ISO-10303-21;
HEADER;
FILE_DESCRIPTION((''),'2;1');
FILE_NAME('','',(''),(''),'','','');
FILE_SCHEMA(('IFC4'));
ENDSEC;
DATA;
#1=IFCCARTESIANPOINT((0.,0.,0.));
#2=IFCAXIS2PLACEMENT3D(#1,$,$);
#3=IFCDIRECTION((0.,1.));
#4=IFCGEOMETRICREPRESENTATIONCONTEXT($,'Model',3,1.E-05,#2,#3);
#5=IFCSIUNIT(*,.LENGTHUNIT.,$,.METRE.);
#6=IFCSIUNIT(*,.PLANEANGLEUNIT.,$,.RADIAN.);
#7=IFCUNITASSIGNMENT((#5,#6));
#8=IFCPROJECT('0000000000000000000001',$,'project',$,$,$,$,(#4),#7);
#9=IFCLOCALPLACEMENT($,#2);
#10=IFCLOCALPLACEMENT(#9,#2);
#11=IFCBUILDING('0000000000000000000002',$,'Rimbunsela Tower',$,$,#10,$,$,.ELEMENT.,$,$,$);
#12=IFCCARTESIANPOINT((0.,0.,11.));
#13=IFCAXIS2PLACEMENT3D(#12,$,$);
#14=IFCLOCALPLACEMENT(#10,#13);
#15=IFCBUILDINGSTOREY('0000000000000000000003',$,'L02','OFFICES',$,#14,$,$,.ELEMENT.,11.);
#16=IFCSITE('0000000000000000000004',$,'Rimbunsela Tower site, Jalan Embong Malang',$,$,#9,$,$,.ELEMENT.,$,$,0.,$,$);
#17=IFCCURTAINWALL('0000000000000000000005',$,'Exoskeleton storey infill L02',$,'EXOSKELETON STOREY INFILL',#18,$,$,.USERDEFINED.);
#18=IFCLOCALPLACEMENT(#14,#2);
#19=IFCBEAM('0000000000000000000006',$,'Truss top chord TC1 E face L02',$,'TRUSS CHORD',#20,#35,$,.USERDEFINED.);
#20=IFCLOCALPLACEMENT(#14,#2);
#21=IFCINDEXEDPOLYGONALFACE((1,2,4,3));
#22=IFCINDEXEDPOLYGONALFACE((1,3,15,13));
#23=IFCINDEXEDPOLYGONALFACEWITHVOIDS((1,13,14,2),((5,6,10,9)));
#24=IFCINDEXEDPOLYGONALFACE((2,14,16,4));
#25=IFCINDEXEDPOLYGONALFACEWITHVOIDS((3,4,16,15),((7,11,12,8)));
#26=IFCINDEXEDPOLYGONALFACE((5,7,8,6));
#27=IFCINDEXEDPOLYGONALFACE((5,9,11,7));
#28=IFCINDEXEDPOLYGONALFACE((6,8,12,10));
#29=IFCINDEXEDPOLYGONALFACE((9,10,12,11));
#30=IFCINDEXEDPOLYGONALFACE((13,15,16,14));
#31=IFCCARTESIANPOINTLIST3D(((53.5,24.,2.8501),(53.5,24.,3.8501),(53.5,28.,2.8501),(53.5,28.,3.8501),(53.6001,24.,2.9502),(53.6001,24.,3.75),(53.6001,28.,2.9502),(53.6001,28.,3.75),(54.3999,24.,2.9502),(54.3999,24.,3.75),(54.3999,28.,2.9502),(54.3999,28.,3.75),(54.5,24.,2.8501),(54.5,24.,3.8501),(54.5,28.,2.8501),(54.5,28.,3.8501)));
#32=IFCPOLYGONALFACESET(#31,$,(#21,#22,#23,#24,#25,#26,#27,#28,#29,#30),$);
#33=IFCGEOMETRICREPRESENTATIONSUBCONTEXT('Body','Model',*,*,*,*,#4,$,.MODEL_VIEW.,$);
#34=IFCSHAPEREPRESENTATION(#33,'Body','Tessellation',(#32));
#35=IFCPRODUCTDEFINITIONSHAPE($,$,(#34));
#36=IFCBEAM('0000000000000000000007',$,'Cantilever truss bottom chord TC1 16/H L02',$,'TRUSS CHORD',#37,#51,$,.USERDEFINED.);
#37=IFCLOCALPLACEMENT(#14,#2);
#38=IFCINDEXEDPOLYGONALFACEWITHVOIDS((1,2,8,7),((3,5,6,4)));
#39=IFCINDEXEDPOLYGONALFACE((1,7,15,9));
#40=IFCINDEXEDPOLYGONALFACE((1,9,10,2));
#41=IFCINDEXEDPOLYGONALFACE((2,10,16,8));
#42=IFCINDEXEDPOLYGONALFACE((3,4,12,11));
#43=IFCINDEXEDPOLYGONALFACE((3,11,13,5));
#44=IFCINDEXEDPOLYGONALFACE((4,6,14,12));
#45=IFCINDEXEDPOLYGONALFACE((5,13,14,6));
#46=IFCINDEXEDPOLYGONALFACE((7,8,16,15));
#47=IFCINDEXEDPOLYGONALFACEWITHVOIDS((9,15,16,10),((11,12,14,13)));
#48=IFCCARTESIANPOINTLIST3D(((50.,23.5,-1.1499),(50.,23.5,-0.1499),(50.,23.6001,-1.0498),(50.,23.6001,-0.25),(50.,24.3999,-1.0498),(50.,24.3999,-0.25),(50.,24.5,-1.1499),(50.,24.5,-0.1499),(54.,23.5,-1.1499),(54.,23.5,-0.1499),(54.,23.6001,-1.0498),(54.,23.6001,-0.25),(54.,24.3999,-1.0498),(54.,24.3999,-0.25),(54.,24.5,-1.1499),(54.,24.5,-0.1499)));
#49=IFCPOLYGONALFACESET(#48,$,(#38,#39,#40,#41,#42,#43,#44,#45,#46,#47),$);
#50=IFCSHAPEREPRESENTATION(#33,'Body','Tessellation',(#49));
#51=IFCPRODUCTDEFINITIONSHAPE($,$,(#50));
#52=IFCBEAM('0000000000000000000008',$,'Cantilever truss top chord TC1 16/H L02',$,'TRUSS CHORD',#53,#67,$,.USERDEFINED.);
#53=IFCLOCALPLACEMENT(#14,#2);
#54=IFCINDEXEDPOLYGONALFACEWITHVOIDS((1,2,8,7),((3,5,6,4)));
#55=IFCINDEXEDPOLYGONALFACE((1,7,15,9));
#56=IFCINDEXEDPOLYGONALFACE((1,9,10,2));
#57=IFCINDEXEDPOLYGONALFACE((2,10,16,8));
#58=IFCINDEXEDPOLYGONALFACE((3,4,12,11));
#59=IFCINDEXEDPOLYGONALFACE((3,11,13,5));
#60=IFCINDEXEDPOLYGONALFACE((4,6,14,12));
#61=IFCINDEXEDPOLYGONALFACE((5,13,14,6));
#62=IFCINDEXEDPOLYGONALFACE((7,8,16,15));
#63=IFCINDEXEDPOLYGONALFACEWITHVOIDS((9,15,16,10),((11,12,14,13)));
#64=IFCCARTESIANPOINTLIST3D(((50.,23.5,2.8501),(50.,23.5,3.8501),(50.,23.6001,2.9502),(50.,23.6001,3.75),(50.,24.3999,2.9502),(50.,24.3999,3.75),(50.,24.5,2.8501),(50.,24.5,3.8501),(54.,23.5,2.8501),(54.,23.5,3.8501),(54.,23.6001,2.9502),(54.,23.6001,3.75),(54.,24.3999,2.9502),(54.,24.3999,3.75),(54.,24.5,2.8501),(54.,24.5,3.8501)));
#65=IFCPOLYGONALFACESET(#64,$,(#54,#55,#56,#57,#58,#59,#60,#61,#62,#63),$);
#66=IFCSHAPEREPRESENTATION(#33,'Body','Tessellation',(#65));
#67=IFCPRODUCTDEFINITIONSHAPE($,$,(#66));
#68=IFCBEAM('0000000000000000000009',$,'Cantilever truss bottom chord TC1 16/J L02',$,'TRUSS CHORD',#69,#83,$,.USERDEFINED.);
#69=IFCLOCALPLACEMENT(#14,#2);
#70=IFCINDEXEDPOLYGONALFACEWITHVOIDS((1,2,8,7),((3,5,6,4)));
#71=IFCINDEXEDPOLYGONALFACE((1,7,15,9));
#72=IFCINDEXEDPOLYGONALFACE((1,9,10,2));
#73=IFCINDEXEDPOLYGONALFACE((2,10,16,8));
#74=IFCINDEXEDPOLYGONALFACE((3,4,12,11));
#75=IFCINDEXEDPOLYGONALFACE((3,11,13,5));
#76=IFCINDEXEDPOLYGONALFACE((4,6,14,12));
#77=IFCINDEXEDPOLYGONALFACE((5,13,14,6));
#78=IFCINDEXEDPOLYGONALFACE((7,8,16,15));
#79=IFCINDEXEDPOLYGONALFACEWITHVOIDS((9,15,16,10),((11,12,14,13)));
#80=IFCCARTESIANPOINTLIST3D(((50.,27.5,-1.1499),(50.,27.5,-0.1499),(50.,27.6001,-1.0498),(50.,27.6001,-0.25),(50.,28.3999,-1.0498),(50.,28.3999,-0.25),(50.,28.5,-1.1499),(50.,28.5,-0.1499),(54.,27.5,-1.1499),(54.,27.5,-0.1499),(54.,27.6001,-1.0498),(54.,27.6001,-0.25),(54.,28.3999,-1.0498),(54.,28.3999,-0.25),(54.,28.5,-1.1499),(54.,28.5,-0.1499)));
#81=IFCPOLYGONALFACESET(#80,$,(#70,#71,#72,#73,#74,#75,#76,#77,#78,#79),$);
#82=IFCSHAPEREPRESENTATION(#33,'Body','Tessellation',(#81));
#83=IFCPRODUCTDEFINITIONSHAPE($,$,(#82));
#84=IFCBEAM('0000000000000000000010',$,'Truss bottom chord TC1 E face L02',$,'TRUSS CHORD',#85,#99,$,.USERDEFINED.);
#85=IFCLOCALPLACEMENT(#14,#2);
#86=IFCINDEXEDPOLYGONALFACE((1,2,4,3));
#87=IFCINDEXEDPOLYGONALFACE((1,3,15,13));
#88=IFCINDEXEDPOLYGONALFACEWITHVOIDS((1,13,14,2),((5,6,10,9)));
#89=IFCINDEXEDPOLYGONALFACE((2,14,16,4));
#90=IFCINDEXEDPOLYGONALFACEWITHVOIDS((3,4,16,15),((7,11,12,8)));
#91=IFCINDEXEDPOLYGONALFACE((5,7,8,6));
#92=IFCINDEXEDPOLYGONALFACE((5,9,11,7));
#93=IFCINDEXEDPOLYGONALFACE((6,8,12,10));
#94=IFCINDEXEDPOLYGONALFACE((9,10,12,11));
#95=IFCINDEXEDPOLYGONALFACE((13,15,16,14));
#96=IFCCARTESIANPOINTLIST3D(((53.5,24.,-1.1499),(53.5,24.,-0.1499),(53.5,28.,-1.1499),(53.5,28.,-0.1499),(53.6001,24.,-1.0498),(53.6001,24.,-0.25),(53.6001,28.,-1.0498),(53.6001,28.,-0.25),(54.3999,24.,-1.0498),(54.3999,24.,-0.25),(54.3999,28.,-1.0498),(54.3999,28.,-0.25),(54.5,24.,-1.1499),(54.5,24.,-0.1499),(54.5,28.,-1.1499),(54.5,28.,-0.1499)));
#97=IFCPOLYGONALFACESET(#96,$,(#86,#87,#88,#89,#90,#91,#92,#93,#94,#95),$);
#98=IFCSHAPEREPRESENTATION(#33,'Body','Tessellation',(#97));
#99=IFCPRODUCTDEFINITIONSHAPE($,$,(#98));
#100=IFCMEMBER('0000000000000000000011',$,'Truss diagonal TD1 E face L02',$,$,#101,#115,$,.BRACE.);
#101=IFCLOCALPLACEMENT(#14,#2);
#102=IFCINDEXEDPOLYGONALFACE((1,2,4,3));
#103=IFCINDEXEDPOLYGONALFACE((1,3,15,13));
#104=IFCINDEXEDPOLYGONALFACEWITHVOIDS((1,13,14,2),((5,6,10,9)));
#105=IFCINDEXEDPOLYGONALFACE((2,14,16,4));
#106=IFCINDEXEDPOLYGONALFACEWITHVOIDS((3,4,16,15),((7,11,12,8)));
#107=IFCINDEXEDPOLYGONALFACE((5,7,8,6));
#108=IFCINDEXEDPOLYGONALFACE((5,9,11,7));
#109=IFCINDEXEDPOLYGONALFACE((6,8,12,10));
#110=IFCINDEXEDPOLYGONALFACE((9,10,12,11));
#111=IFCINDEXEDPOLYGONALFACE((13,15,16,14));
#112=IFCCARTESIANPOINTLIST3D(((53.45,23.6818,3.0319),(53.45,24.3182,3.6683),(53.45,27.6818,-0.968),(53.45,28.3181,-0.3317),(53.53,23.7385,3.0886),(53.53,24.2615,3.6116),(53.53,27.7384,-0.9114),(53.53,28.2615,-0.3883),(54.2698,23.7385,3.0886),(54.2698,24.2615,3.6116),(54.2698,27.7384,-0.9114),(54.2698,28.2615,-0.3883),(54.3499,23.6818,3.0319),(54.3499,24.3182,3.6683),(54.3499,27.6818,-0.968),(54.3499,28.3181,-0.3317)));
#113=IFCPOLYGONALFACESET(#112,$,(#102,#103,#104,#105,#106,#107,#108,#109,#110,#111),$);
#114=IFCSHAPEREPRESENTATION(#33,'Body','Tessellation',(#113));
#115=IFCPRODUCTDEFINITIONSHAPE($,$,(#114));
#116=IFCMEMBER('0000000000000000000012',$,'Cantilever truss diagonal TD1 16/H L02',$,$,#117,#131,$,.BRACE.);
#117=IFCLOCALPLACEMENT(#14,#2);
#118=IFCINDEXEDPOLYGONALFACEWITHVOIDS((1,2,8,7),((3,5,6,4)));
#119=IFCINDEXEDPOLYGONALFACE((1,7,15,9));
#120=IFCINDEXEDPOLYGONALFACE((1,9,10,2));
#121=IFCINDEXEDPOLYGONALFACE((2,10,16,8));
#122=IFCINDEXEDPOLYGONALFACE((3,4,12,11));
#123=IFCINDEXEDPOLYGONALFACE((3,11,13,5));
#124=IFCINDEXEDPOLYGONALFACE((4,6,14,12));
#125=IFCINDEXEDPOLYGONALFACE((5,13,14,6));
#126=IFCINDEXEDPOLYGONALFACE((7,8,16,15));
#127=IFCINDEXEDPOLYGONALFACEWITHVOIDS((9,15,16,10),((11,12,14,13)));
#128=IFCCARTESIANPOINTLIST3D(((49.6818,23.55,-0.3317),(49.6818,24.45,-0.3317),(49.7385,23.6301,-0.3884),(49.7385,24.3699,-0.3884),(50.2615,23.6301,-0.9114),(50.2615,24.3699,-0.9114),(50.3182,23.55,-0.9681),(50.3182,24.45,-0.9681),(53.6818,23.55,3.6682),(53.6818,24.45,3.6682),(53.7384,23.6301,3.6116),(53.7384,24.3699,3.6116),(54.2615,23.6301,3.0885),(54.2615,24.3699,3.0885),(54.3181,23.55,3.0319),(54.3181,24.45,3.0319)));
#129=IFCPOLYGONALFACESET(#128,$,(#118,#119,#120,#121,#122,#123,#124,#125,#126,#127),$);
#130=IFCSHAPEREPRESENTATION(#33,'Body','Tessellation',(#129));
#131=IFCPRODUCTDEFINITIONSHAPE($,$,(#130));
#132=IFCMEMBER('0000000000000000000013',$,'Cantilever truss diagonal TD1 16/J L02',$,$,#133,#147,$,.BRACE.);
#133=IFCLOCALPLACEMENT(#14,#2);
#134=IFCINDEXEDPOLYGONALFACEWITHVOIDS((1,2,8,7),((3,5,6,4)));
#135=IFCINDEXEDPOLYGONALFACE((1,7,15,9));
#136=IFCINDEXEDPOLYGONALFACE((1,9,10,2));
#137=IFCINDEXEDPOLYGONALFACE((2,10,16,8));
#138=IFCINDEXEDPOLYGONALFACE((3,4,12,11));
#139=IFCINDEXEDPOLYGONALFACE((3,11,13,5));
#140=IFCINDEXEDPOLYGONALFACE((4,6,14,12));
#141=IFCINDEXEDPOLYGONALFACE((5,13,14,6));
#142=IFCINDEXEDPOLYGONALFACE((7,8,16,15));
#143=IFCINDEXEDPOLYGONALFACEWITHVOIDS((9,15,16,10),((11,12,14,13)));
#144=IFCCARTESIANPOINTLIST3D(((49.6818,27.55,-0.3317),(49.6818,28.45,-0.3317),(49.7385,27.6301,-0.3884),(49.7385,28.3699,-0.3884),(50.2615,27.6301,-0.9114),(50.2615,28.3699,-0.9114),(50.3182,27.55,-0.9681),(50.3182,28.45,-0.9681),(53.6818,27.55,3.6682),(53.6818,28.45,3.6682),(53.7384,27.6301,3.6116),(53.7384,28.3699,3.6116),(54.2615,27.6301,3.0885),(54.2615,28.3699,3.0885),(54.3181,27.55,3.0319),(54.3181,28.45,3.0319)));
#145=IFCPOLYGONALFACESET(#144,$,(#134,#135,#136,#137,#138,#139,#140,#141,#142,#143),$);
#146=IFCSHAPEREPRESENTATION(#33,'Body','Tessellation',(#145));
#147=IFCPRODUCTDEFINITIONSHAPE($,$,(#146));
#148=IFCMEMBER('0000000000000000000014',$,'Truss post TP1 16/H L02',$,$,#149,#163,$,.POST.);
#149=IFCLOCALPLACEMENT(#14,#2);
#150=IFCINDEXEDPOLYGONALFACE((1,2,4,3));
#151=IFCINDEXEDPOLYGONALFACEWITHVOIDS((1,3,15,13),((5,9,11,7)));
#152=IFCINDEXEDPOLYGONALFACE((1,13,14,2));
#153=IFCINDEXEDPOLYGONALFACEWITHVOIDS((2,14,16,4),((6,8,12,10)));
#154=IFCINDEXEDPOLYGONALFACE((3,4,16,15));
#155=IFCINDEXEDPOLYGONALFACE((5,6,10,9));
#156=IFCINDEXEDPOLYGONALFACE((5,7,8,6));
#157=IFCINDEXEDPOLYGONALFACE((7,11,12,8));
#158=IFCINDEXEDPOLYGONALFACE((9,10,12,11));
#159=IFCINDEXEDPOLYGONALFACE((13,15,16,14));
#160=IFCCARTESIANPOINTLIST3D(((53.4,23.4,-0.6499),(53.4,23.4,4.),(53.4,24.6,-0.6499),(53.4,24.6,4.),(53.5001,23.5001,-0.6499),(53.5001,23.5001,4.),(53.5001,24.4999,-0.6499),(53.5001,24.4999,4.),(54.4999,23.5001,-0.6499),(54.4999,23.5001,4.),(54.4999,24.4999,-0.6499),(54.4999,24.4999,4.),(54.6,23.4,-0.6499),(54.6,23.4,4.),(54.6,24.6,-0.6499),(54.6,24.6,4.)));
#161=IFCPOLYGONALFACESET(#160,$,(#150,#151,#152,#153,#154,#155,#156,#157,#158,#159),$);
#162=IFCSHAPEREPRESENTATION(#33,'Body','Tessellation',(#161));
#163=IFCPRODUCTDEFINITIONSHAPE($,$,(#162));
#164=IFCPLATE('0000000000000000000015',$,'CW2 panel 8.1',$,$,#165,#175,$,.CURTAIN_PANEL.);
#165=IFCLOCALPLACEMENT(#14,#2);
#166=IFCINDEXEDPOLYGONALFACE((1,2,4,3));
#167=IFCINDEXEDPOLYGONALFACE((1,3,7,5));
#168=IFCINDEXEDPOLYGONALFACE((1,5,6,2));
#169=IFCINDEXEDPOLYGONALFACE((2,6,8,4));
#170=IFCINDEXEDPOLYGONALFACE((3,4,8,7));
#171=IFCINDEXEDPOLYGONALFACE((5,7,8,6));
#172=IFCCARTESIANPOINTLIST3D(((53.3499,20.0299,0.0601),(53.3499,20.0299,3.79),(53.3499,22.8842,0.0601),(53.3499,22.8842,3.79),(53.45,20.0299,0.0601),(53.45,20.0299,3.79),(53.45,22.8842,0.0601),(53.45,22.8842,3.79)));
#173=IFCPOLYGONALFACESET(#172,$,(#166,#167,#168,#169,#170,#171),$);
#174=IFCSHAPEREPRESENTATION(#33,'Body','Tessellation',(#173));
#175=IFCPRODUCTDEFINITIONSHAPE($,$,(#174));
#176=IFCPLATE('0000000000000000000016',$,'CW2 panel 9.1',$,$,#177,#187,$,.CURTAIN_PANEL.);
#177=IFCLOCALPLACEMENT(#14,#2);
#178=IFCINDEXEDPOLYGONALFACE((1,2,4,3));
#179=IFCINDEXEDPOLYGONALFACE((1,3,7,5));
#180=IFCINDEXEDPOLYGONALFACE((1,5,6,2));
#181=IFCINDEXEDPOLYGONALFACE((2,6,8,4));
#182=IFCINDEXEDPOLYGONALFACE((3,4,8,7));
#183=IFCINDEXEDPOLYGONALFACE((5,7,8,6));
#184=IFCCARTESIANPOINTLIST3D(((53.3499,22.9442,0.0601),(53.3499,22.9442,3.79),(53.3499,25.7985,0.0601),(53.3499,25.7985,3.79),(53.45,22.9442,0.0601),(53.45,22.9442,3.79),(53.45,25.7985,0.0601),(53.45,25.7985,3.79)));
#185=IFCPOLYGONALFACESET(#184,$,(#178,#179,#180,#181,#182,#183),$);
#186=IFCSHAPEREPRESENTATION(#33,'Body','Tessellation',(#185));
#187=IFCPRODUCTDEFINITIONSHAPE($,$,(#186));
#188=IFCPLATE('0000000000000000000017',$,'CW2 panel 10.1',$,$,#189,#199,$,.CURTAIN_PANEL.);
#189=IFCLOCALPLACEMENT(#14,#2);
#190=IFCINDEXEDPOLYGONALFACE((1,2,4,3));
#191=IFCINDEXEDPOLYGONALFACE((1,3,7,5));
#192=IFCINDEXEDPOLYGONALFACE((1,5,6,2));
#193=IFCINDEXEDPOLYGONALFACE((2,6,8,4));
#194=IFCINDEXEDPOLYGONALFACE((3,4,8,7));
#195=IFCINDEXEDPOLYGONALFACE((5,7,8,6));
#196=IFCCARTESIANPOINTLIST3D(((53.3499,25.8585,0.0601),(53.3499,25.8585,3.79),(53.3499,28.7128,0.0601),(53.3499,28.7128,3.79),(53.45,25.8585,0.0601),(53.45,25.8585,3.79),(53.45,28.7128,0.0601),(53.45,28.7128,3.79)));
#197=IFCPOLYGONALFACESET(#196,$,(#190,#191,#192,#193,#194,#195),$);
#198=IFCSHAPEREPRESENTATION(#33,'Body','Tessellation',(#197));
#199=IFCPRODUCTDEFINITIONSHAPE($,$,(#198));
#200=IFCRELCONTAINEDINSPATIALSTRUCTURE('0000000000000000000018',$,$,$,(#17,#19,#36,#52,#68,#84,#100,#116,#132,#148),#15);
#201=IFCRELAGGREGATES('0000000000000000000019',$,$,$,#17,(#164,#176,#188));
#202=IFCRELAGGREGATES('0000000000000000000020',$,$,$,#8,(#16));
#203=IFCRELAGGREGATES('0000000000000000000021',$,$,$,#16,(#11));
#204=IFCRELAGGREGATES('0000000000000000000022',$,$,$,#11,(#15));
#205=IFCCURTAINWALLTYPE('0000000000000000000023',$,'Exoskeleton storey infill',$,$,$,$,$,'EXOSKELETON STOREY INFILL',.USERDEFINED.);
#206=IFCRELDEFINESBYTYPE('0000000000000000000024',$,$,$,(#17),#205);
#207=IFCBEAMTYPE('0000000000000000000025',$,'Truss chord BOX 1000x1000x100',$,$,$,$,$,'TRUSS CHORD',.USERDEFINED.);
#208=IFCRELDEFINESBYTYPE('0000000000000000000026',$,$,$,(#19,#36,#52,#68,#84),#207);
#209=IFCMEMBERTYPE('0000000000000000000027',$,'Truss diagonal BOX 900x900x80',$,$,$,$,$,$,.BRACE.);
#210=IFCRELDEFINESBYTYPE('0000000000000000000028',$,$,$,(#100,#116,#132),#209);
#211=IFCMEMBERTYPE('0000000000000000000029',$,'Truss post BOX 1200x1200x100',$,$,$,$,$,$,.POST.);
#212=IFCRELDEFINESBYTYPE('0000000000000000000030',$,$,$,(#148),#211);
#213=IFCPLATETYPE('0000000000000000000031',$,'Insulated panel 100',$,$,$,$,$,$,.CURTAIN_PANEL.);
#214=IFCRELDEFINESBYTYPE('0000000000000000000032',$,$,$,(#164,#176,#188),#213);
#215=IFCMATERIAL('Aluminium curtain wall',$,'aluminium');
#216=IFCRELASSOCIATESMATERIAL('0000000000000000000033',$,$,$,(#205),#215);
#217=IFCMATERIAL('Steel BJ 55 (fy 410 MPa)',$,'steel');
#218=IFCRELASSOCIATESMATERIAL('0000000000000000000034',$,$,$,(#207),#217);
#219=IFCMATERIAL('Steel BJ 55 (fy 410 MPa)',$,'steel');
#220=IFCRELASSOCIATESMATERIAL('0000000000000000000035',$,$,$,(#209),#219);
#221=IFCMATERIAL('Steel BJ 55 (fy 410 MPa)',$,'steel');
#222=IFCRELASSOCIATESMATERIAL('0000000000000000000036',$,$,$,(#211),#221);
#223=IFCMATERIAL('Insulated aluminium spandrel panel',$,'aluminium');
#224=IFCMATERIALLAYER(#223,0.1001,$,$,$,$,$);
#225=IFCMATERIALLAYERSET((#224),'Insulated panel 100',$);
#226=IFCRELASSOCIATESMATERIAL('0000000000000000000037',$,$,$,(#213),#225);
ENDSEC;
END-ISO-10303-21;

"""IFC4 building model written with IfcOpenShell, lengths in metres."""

from ifc_helpers import new_model, si_unit, direction, frame, origin, origin_2d, place, context, subcontext, project, spatial, rectangle, hollow_rectangle, extrude, material, layer, layer_set, material_profile, profile_set, type_object, element, aggregate, save


model = new_model("IFC4")

# Units and contexts
model_context = context("Model", 3, precision=1e-05, world=origin(), true_north=direction((0.0, 1.0)))
body_context = subcontext(model_context, "Body", "Model", "MODEL_VIEW")
ifc_project = project(units=[si_unit("LENGTHUNIT", "METRE"), si_unit("PLANEANGLEUNIT", "RADIAN")], contexts=[model_context])

# Site, building, storey
site_placement = place(None, origin())
site = spatial("IfcSite", under=ifc_project, at=site_placement, Name="Rimbunsela Tower site, Jalan Embong Malang", CompositionType="ELEMENT", RefElevation=0.0)
building_placement = place(site_placement, origin())
building = spatial("IfcBuilding", under=site, at=building_placement, Name="Rimbunsela Tower", CompositionType="ELEMENT")
storey_placement = place(building_placement, frame((0.0, 0.0, 11.0)))
storey = spatial("IfcBuildingStorey", under=building, at=storey_placement, Name="L02", Description="OFFICES", CompositionType="ELEMENT", Elevation=11.0)

# Curtain wall
ifc_material_1 = material(Name="Aluminium curtain wall", Category="aluminium")
curtain_wall_type = type_object("IfcCurtainWallType", Name="Exoskeleton storey infill", ElementType="EXOSKELETON STOREY INFILL", PredefinedType="USERDEFINED", material=ifc_material_1)
curtain_wall_placement = place(storey_placement, origin())
curtain_wall = element("IfcCurtainWall", 1, at=curtain_wall_placement, inside=storey, type_object=curtain_wall_type, Name="Exoskeleton storey infill L02", ObjectType="EXOSKELETON STOREY INFILL", PredefinedType="USERDEFINED")

# Beams
ifc_material_2 = material(Name="Steel BJ 55 (fy 410 MPa)", Category="steel")
ifc_material_profile_1 = material_profile(ifc_material_2, hollow_rectangle(XDim=1.0, YDim=1.0, WallThickness=0.1001, at=origin_2d()), Name="BOX 1000x1000x100")
ifc_profile_set_1 = profile_set([ifc_material_profile_1], Name="Steel BJ 55 (fy 410 MPa)")
beam_type_1 = type_object("IfcBeamType", Name="Truss chord BOX 1000x1000x100", ElementType="TRUSS CHORD", PredefinedType="USERDEFINED", material=ifc_profile_set_1)
for number, where, z_axis, x_axis, name in (
    (2, (54.0, 24.0, 3.3501), (0.0, 1.0, 0.0), (-1.0, 0.0, 0.0), "Truss top chord TC1 E face L02"),
    (3, (50.0, 24.0, -0.6499), (1.0, 0.0, 0.0), (0.0, 1.0, 0.0), "Cantilever truss bottom chord TC1 16/H L02"),
    (4, (50.0, 24.0, 3.3501), (1.0, 0.0, 0.0), (0.0, 1.0, 0.0), "Cantilever truss top chord TC1 16/H L02"),
    (5, (50.0, 28.0, -0.6499), (1.0, 0.0, 0.0), (0.0, 1.0, 0.0), "Cantilever truss bottom chord TC1 16/J L02"),
    (6, (54.0, 24.0, -0.6499), (0.0, 1.0, 0.0), (-1.0, 0.0, 0.0), "Truss bottom chord TC1 E face L02"),
):
    element("IfcBeam", number, at=place(storey_placement, frame(where, z_axis=z_axis, x_axis=x_axis)), inside=storey, type_object=beam_type_1, Name=name, ObjectType="TRUSS CHORD", PredefinedType="USERDEFINED", context=body_context, shape_type="SweptSolid", body=[
        extrude(hollow_rectangle(XDim=1.0, YDim=1.0, WallThickness=0.1001, at=origin_2d()), origin(), (0.0, 0.0, 1.0), 4.0),
    ])

# Members
ifc_material_3 = material(Name="Steel BJ 55 (fy 410 MPa)", Category="steel")
ifc_material_profile_2 = material_profile(ifc_material_3, hollow_rectangle(XDim=0.8999, YDim=0.8999, WallThickness=0.0801, at=origin_2d()), Name="BOX 900x900x80")
ifc_profile_set_2 = profile_set([ifc_material_profile_2], Name="Steel BJ 55 (fy 410 MPa)")
member_type_1 = type_object("IfcMemberType", Name="Truss diagonal BOX 900x900x80", PredefinedType="BRACE", material=ifc_profile_set_2)
for number, where, z_axis, x_axis, name in (
    (7, (53.8999, 24.0, 3.3501), (0.0, 0.707107, -0.707107), (-1.0, 0.0, 0.0), "Truss diagonal TD1 E face L02"),
    (8, (50.0, 24.0, -0.6499), (0.707107, 0.0, 0.707107), (0.0, 1.0, 0.0), "Cantilever truss diagonal TD1 16/H L02"),
    (9, (50.0, 28.0, -0.6499), (0.707107, 0.0, 0.707107), (0.0, 1.0, 0.0), "Cantilever truss diagonal TD1 16/J L02"),
):
    element("IfcMember", number, at=place(storey_placement, frame(where, z_axis=z_axis, x_axis=x_axis)), inside=storey, type_object=member_type_1, Name=name, PredefinedType="BRACE", context=body_context, shape_type="SweptSolid", body=[
        extrude(hollow_rectangle(XDim=0.8999, YDim=0.8999, WallThickness=0.0801, at=origin_2d()), origin(), (0.0, 0.0, 1.0), 5.6567),
    ])
ifc_material_4 = material(Name="Steel BJ 55 (fy 410 MPa)", Category="steel")
ifc_material_profile_3 = material_profile(ifc_material_4, hollow_rectangle(XDim=1.2, YDim=1.2, WallThickness=0.1001, at=origin_2d()), Name="BOX 1200x1200x100")
ifc_profile_set_3 = profile_set([ifc_material_profile_3], Name="Steel BJ 55 (fy 410 MPa)")
member_type_2 = type_object("IfcMemberType", Name="Truss post BOX 1200x1200x100", PredefinedType="POST", material=ifc_profile_set_3)
member_1_placement = place(storey_placement, frame((54.0, 24.0, -0.6499), z_axis=(0.0, 0.0, 1.0), x_axis=(1.0, 0.0, 0.0)))
element("IfcMember", 10, at=member_1_placement, inside=storey, type_object=member_type_2, Name="Truss post TP1 16/H L02", PredefinedType="POST", context=body_context, shape_type="SweptSolid", body=[
    extrude(hollow_rectangle(XDim=1.2, YDim=1.2, WallThickness=0.1001, at=origin_2d()), origin(), (0.0, 0.0, 1.0), 4.6499),
])

# Plates
ifc_material_5 = material(Name="Insulated aluminium spandrel panel", Category="aluminium")
ifc_layer = layer(ifc_material_5, 0.1001)
ifc_layer_set = layer_set([ifc_layer], Name="Insulated panel 100")
plate_type = type_object("IfcPlateType", Name="Insulated panel 100", PredefinedType="CURTAIN_PANEL", material=ifc_layer_set)
plate_1_placement = place(storey_placement, frame((53.3999, 21.457, 0.0601), z_axis=(0.0, 0.0, 1.0), x_axis=(0.0, 1.0, 0.0)))
plate_1 = element("IfcPlate", 11, at=plate_1_placement, type_object=plate_type, Name="CW2 panel 8.1", PredefinedType="CURTAIN_PANEL", context=body_context, shape_type="SweptSolid", body=[
    extrude(rectangle(XDim=2.8542, YDim=0.1001, at=origin_2d()), origin(), (0.0, 0.0, 1.0), 3.73),
])
plate_2_placement = place(storey_placement, frame((53.3999, 24.3713, 0.0601), z_axis=(0.0, 0.0, 1.0), x_axis=(0.0, 1.0, 0.0)))
plate_2 = element("IfcPlate", 12, at=plate_2_placement, type_object=plate_type, Name="CW2 panel 9.1", PredefinedType="CURTAIN_PANEL", context=body_context, shape_type="SweptSolid", body=[
    extrude(rectangle(XDim=2.8542, YDim=0.1001, at=origin_2d()), origin(), (0.0, 0.0, 1.0), 3.73),
])
plate_3_placement = place(storey_placement, frame((53.3999, 27.2856, 0.0601), z_axis=(0.0, 0.0, 1.0), x_axis=(0.0, 1.0, 0.0)))
plate_3 = element("IfcPlate", 13, at=plate_3_placement, type_object=plate_type, Name="CW2 panel 10.1", PredefinedType="CURTAIN_PANEL", context=body_context, shape_type="SweptSolid", body=[
    extrude(rectangle(XDim=2.8542, YDim=0.1001, at=origin_2d()), origin(), (0.0, 0.0, 1.0), 3.73),
])
aggregate(curtain_wall, [plate_1, plate_2, plate_3])

save(model, "model.ifc")
